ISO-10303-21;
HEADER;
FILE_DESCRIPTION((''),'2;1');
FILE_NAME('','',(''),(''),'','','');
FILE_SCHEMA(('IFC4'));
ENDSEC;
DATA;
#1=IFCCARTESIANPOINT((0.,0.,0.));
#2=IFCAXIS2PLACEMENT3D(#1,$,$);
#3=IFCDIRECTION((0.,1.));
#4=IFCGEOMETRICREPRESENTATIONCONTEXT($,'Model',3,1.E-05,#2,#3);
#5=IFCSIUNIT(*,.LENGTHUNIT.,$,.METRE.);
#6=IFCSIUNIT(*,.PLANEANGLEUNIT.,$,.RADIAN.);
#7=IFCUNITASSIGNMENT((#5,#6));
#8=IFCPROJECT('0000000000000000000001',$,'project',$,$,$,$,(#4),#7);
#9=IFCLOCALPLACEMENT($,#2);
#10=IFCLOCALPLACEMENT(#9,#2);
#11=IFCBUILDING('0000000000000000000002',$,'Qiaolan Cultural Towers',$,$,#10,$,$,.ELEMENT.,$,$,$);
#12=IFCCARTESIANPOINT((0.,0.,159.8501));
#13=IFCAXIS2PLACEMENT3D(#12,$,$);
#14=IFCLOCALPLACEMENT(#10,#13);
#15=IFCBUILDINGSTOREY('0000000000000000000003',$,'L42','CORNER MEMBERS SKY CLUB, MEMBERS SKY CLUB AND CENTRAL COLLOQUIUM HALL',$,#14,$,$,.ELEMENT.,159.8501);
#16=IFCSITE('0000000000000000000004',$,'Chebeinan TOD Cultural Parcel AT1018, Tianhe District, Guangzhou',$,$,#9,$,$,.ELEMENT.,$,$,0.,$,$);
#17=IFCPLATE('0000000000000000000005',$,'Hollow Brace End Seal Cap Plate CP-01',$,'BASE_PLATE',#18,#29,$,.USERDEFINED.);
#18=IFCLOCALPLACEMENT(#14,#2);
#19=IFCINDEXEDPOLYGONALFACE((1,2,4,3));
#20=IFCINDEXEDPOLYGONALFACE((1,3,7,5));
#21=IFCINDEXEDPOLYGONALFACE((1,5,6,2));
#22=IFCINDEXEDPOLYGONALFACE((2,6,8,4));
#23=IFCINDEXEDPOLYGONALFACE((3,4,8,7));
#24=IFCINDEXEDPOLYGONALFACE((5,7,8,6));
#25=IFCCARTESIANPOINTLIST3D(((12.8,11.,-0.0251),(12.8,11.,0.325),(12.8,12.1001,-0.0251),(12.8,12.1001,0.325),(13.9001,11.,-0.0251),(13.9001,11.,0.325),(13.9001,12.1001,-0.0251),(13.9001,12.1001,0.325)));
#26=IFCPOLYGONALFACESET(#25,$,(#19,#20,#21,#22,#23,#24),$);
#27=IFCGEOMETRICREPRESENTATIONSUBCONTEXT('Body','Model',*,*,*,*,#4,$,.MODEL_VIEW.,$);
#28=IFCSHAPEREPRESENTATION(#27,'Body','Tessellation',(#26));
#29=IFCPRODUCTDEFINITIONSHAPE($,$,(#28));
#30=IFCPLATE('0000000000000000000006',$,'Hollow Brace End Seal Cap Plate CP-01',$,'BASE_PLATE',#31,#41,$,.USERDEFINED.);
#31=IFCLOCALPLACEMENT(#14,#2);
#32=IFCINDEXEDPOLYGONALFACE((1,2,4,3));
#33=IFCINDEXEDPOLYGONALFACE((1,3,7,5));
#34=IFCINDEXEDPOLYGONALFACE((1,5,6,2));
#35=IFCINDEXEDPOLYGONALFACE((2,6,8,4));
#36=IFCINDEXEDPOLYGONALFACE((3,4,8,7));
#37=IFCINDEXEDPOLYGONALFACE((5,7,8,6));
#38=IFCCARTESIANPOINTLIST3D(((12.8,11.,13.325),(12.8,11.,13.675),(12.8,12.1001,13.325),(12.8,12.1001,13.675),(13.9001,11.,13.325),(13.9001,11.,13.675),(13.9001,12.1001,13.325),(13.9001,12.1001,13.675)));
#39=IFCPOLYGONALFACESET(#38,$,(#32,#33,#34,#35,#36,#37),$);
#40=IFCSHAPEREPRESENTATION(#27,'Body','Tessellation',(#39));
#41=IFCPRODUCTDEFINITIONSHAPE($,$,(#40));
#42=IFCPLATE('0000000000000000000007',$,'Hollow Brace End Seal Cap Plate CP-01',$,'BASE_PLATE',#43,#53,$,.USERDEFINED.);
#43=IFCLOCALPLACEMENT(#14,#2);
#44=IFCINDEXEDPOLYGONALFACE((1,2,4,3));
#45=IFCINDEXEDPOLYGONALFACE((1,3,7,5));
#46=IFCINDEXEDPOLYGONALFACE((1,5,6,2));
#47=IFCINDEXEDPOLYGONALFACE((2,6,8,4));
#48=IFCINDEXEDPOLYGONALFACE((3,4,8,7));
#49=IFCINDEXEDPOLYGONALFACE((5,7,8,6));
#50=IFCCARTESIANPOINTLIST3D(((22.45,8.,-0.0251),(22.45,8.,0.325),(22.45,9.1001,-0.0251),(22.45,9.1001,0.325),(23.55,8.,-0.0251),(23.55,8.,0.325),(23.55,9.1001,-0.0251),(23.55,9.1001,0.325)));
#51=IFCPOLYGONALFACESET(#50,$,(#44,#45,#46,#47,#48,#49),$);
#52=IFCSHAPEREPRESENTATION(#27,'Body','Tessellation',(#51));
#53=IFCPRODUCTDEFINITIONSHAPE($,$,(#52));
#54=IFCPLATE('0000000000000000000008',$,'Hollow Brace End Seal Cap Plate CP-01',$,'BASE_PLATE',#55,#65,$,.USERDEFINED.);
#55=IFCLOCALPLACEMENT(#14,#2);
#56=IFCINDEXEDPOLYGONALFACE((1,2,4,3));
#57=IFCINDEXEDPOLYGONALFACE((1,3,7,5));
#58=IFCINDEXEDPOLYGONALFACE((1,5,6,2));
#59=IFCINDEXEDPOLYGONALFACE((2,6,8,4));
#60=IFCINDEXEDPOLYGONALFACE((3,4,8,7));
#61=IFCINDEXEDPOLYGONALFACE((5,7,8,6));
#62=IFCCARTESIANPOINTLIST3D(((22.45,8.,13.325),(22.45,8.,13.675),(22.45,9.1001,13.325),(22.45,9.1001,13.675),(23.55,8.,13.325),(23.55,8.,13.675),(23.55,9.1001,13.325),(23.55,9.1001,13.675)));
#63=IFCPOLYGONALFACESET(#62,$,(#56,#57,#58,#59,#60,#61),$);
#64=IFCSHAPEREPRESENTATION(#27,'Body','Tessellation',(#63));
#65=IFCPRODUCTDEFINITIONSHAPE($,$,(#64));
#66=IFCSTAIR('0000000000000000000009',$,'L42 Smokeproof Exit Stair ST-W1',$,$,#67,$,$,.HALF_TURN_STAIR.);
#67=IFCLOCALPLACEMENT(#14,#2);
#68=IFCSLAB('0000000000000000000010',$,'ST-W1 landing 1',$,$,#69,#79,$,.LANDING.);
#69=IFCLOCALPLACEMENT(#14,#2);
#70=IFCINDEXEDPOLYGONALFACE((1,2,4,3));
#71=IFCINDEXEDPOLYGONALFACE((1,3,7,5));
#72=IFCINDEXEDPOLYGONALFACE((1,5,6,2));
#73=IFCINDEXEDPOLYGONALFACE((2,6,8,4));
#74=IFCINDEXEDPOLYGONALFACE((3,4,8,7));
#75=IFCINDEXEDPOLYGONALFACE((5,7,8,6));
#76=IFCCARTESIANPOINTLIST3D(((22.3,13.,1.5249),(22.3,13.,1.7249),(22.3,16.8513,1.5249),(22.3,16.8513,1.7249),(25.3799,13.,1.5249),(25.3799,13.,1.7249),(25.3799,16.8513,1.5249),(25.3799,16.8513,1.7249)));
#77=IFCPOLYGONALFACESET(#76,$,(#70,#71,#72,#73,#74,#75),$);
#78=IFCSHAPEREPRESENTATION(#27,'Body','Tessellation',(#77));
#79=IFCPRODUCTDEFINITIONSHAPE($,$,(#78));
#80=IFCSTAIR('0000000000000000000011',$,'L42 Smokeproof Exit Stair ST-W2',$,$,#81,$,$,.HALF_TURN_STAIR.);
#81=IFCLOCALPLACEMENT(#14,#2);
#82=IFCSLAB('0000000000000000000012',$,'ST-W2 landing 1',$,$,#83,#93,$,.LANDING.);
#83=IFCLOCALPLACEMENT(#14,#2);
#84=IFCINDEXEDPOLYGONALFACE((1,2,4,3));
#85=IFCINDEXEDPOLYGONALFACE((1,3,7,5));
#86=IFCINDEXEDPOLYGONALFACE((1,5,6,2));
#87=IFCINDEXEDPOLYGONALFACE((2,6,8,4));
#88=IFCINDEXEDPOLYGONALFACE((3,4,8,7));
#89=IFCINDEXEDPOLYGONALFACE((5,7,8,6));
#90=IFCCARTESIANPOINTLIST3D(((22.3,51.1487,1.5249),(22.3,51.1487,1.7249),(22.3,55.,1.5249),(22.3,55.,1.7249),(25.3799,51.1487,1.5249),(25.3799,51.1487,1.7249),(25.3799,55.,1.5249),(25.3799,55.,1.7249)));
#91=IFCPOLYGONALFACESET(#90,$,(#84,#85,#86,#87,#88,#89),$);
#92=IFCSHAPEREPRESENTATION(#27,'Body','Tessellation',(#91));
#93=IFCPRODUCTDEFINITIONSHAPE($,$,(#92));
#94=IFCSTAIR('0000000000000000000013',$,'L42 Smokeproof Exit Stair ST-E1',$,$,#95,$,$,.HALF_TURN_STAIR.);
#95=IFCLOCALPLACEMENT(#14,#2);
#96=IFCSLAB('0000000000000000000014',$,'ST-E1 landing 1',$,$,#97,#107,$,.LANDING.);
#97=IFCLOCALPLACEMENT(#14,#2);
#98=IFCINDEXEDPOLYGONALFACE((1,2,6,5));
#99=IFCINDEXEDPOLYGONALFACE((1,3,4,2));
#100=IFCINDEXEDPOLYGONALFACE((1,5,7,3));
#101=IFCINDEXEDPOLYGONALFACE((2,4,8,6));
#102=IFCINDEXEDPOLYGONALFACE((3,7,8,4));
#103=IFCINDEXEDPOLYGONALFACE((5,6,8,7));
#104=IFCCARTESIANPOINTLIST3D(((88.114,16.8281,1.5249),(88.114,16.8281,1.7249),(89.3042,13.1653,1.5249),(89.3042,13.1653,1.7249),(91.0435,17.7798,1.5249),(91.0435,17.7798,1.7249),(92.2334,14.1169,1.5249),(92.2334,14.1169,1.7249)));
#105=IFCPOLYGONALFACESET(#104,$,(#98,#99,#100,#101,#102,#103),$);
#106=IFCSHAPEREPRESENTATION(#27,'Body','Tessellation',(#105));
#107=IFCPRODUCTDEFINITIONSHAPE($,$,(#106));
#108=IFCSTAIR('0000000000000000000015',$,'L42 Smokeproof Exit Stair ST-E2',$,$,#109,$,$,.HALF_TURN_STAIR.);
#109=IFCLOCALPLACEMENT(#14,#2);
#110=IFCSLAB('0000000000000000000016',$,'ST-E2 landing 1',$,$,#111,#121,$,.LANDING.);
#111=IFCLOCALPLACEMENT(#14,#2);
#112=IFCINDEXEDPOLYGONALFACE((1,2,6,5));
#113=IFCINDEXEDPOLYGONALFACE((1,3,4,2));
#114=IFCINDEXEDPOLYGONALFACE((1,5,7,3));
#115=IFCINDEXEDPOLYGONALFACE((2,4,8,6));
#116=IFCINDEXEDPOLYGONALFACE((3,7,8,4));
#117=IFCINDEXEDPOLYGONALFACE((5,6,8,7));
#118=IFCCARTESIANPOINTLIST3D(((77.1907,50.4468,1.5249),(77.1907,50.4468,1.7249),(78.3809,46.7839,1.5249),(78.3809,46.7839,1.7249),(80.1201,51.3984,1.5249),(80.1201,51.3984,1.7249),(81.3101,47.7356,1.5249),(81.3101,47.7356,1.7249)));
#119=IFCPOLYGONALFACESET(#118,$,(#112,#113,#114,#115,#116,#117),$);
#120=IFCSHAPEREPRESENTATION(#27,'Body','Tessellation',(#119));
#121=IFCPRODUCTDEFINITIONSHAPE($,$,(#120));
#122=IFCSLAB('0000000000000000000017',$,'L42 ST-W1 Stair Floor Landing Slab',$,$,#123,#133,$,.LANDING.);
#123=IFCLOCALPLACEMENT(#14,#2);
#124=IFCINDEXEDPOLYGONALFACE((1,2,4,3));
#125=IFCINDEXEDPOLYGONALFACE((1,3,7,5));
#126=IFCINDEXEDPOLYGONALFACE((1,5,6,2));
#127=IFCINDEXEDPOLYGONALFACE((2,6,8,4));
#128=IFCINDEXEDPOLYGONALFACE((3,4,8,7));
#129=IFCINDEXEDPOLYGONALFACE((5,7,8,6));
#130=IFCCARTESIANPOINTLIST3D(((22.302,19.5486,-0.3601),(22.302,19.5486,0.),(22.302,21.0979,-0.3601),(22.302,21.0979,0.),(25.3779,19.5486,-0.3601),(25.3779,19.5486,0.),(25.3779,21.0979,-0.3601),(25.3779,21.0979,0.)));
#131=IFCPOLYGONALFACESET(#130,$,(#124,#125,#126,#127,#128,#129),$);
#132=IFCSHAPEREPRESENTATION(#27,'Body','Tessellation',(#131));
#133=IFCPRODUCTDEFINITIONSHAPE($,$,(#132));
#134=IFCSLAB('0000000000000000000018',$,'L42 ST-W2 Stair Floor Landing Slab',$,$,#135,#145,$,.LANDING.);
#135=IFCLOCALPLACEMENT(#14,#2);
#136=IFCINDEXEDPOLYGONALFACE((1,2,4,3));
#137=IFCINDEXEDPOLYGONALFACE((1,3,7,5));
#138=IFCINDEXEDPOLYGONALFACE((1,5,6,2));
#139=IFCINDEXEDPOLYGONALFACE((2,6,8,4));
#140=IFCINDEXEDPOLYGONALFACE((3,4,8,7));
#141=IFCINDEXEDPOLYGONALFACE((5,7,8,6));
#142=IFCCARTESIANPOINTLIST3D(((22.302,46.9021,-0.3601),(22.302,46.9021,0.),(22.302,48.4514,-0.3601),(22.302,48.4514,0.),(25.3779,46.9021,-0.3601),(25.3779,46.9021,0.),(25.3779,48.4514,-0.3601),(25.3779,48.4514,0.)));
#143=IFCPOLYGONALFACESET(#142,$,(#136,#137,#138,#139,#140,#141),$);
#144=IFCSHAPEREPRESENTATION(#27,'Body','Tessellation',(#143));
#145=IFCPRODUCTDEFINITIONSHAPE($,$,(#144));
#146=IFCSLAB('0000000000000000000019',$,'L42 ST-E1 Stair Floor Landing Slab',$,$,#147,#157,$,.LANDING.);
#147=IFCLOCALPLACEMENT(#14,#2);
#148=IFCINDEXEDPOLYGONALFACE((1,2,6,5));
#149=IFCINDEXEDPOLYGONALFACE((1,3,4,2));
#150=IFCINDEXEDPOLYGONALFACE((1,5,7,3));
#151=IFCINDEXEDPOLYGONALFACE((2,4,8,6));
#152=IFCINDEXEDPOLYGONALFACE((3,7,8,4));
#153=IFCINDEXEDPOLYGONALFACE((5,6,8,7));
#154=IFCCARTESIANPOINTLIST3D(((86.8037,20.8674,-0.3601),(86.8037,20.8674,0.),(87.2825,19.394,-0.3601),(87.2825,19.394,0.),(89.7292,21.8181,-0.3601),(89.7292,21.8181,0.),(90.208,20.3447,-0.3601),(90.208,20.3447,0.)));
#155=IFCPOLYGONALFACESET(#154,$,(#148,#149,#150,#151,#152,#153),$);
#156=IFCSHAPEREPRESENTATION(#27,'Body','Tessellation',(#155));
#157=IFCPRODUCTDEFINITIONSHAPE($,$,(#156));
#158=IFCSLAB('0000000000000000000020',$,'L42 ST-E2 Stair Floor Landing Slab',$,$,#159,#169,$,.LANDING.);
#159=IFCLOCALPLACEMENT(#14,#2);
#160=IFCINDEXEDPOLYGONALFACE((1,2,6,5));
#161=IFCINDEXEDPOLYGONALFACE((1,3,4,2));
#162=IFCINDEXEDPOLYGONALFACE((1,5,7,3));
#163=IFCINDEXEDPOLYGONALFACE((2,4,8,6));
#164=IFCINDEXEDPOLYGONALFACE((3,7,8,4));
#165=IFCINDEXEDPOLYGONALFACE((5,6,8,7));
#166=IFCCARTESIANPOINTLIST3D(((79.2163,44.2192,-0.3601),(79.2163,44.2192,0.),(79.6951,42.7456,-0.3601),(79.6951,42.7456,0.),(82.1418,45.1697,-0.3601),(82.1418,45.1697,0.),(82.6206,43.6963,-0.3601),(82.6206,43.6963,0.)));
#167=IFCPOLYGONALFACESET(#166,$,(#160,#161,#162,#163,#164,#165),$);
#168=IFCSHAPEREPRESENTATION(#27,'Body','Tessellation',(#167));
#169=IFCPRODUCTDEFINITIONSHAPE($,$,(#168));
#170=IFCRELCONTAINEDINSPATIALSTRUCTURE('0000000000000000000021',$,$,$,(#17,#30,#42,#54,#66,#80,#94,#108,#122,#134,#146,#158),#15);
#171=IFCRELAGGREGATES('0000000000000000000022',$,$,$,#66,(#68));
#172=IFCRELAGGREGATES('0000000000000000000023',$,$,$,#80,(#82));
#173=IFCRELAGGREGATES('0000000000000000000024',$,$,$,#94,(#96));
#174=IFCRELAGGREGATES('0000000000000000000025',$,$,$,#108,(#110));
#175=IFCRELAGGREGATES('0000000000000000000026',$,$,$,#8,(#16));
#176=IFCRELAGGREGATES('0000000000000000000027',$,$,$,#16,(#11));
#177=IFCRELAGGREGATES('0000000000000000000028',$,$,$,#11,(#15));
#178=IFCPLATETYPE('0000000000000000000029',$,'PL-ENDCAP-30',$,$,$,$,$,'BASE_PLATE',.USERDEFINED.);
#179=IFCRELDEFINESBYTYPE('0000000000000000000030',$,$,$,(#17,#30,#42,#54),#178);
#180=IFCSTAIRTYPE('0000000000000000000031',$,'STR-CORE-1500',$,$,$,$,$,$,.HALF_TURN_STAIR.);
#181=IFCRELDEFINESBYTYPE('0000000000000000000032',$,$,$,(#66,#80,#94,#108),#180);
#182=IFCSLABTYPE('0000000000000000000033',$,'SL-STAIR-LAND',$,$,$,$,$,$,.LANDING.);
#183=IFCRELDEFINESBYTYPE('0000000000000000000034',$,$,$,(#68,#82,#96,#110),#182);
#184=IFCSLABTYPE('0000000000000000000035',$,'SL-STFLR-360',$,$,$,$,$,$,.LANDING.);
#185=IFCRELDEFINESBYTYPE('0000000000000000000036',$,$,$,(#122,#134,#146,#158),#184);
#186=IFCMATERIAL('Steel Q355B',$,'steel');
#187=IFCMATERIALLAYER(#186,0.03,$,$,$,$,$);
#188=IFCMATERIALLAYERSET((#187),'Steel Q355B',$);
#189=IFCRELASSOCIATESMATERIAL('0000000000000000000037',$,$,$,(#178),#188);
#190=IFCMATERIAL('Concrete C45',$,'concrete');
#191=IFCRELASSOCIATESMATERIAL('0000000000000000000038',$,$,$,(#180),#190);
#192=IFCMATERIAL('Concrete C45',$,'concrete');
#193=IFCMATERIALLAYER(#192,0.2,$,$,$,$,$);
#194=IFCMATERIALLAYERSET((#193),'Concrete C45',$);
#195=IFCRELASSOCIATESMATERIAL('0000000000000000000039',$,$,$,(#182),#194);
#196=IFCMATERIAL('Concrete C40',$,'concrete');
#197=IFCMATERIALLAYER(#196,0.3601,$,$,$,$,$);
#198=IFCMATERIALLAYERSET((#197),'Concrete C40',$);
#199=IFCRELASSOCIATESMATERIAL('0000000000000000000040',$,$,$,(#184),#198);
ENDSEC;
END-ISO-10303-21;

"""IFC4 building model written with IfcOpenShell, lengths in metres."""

from ifc_helpers import new_model, si_unit, direction, frame, origin, origin_2d, place, context, subcontext, project, spatial, polyline, rectangle, outline, extrude, material, layer, layer_set, type_object, element, aggregate, save


model = new_model("IFC4")

# Units and contexts
model_context = context("Model", 3, precision=1e-05, world=origin(), true_north=direction((0.0, 1.0)))
body_context = subcontext(model_context, "Body", "Model", "MODEL_VIEW")
ifc_project = project(units=[si_unit("LENGTHUNIT", "METRE"), si_unit("PLANEANGLEUNIT", "RADIAN")], contexts=[model_context])

# Site, building, storey
site_placement = place(None, origin())
site = spatial("IfcSite", under=ifc_project, at=site_placement, Name="Chebeinan TOD Cultural Parcel AT1018, Tianhe District, Guangzhou", CompositionType="ELEMENT", RefElevation=0.0)
building_placement = place(site_placement, origin())
building = spatial("IfcBuilding", under=site, at=building_placement, Name="Qiaolan Cultural Towers", CompositionType="ELEMENT")
storey_placement = place(building_placement, frame((0.0, 0.0, 159.8501)))
storey = spatial("IfcBuildingStorey", under=building, at=storey_placement, Name="L42", Description="CORNER MEMBERS SKY CLUB, MEMBERS SKY CLUB AND CENTRAL COLLOQUIUM HALL", CompositionType="ELEMENT", Elevation=159.8501)

# Plates
ifc_material_1 = material(Name="Steel Q355B", Category="steel")
ifc_layer_1 = layer(ifc_material_1, 0.03)
ifc_layer_set_1 = layer_set([ifc_layer_1], Name="Steel Q355B")
plate_type = type_object("IfcPlateType", Name="PL-ENDCAP-30", ElementType="BASE_PLATE", PredefinedType="USERDEFINED", material=ifc_layer_set_1)
for number, where, z_axis, x_axis, name in (
    (1, (13.3501, 11.55, -0.0251), (0.0, 0.0, 1.0), (0.0, 1.0, 0.0), "Hollow Brace End Seal Cap Plate CP-01"),
    (2, (13.3501, 11.55, 13.325), (0.0, 0.0, 1.0), (0.0, 1.0, 0.0), "Hollow Brace End Seal Cap Plate CP-01"),
    (3, (23.0, 8.55, -0.0251), (0.0, 0.0, 1.0), (1.0, 0.0, 0.0), "Hollow Brace End Seal Cap Plate CP-01"),
    (4, (23.0, 8.55, 13.325), (0.0, 0.0, 1.0), (1.0, 0.0, 0.0), "Hollow Brace End Seal Cap Plate CP-01"),
):
    element("IfcPlate", number, at=place(storey_placement, frame(where, z_axis=z_axis, x_axis=x_axis)), inside=storey, type_object=plate_type, Name=name, ObjectType="BASE_PLATE", PredefinedType="USERDEFINED", context=body_context, shape_type="SweptSolid", body=[
        extrude(rectangle(XDim=1.1001, YDim=1.1001, at=origin_2d()), origin(), (0.0, 0.0, 1.0), 0.3501),
    ])

# Stairs, slabs
ifc_material_2 = material(Name="Concrete C45", Category="concrete")
stair_type = type_object("IfcStairType", Name="STR-CORE-1500", PredefinedType="HALF_TURN_STAIR", material=ifc_material_2)
stair_1_placement = place(storey_placement, origin())
stair_1 = element("IfcStair", 5, at=stair_1_placement, inside=storey, type_object=stair_type, Name="L42 Smokeproof Exit Stair ST-W1", PredefinedType="HALF_TURN_STAIR")
ifc_material_3 = material(Name="Concrete C45", Category="concrete")
ifc_layer_2 = layer(ifc_material_3, 0.2)
ifc_layer_set_2 = layer_set([ifc_layer_2], Name="Concrete C45")
slab_type_1 = type_object("IfcSlabType", Name="SL-STAIR-LAND", PredefinedType="LANDING", material=ifc_layer_set_2)
slab_1_placement = place(storey_placement, frame((0.0, 0.0, 1.5249)))
slab_1 = element("IfcSlab", 6, at=slab_1_placement, type_object=slab_type_1, Name="ST-W1 landing 1", PredefinedType="LANDING", context=body_context, shape_type="SweptSolid", body=[
    extrude(outline(polyline([(22.3, 16.8513), (22.3, 13.0), (25.3799, 13.0), (25.3799, 16.8513), (22.3, 16.8513)])), origin(), (0.0, 0.0, 1.0), 0.2),
])
aggregate(stair_1, [slab_1])
stair_2_placement = place(storey_placement, origin())
stair_2 = element("IfcStair", 7, at=stair_2_placement, inside=storey, type_object=stair_type, Name="L42 Smokeproof Exit Stair ST-W2", PredefinedType="HALF_TURN_STAIR")
slab_2_placement = place(storey_placement, frame((0.0, 0.0, 1.5249)))
slab_2 = element("IfcSlab", 8, at=slab_2_placement, type_object=slab_type_1, Name="ST-W2 landing 1", PredefinedType="LANDING", context=body_context, shape_type="SweptSolid", body=[
    extrude(outline(polyline([(25.3799, 51.1487), (25.3799, 55.0), (22.3, 55.0), (22.3, 51.1487), (25.3799, 51.1487)])), origin(), (0.0, 0.0, 1.0), 0.2),
])
aggregate(stair_2, [slab_2])
stair_3_placement = place(storey_placement, origin())
stair_3 = element("IfcStair", 9, at=stair_3_placement, inside=storey, type_object=stair_type, Name="L42 Smokeproof Exit Stair ST-E1", PredefinedType="HALF_TURN_STAIR")
slab_3_placement = place(storey_placement, frame((0.0, 0.0, 1.5249)))
slab_3 = element("IfcSlab", 10, at=slab_3_placement, type_object=slab_type_1, Name="ST-E1 landing 1", PredefinedType="LANDING", context=body_context, shape_type="SweptSolid", body=[
    extrude(outline(polyline([(88.114, 16.8281), (89.3042, 13.1653), (92.2334, 14.1169), (91.0435, 17.7798), (88.114, 16.8281)])), origin(), (0.0, 0.0, 1.0), 0.2),
])
aggregate(stair_3, [slab_3])
stair_4_placement = place(storey_placement, origin())
stair_4 = element("IfcStair", 11, at=stair_4_placement, inside=storey, type_object=stair_type, Name="L42 Smokeproof Exit Stair ST-E2", PredefinedType="HALF_TURN_STAIR")
slab_4_placement = place(storey_placement, frame((0.0, 0.0, 1.5249)))
slab_4 = element("IfcSlab", 12, at=slab_4_placement, type_object=slab_type_1, Name="ST-E2 landing 1", PredefinedType="LANDING", context=body_context, shape_type="SweptSolid", body=[
    extrude(outline(polyline([(81.3101, 47.7356), (80.1201, 51.3984), (77.1907, 50.4468), (78.3809, 46.7839), (81.3101, 47.7356)])), origin(), (0.0, 0.0, 1.0), 0.2),
])
aggregate(stair_4, [slab_4])

# Slabs
ifc_material_4 = material(Name="Concrete C40", Category="concrete")
ifc_layer_3 = layer(ifc_material_4, 0.3601)
ifc_layer_set_3 = layer_set([ifc_layer_3], Name="Concrete C40")
slab_type_2 = type_object("IfcSlabType", Name="SL-STFLR-360", PredefinedType="LANDING", material=ifc_layer_set_3)
slab_5_placement = place(storey_placement, frame((0.0, 0.0, -0.3601)))
element("IfcSlab", 13, at=slab_5_placement, inside=storey, type_object=slab_type_2, Name="L42 ST-W1 Stair Floor Landing Slab", PredefinedType="LANDING", context=body_context, shape_type="SweptSolid", body=[
    extrude(outline(polyline([(22.302, 21.0979), (22.302, 19.5486), (25.3779, 19.5486), (25.3779, 21.0979), (22.302, 21.0979)])), origin(), (0.0, 0.0, 1.0), 0.3601),
])
slab_6_placement = place(storey_placement, frame((0.0, 0.0, -0.3601)))
element("IfcSlab", 14, at=slab_6_placement, inside=storey, type_object=slab_type_2, Name="L42 ST-W2 Stair Floor Landing Slab", PredefinedType="LANDING", context=body_context, shape_type="SweptSolid", body=[
    extrude(outline(polyline([(25.3779, 46.9021), (25.3779, 48.4514), (22.302, 48.4514), (22.302, 46.9021), (25.3779, 46.9021)])), origin(), (0.0, 0.0, 1.0), 0.3601),
])
slab_7_placement = place(storey_placement, frame((0.0, 0.0, -0.3601)))
element("IfcSlab", 15, at=slab_7_placement, inside=storey, type_object=slab_type_2, Name="L42 ST-E1 Stair Floor Landing Slab", PredefinedType="LANDING", context=body_context, shape_type="SweptSolid", body=[
    extrude(outline(polyline([(86.8037, 20.8674), (87.2825, 19.394), (90.208, 20.3447), (89.7292, 21.8181), (86.8037, 20.8674)])), origin(), (0.0, 0.0, 1.0), 0.3601),
])
slab_8_placement = place(storey_placement, frame((0.0, 0.0, -0.3601)))
element("IfcSlab", 16, at=slab_8_placement, inside=storey, type_object=slab_type_2, Name="L42 ST-E2 Stair Floor Landing Slab", PredefinedType="LANDING", context=body_context, shape_type="SweptSolid", body=[
    extrude(outline(polyline([(82.6206, 43.6963), (82.1418, 45.1697), (79.2163, 44.2192), (79.6951, 42.7456), (82.6206, 43.6963)])), origin(), (0.0, 0.0, 1.0), 0.3601),
])

save(model, "model.ifc")
